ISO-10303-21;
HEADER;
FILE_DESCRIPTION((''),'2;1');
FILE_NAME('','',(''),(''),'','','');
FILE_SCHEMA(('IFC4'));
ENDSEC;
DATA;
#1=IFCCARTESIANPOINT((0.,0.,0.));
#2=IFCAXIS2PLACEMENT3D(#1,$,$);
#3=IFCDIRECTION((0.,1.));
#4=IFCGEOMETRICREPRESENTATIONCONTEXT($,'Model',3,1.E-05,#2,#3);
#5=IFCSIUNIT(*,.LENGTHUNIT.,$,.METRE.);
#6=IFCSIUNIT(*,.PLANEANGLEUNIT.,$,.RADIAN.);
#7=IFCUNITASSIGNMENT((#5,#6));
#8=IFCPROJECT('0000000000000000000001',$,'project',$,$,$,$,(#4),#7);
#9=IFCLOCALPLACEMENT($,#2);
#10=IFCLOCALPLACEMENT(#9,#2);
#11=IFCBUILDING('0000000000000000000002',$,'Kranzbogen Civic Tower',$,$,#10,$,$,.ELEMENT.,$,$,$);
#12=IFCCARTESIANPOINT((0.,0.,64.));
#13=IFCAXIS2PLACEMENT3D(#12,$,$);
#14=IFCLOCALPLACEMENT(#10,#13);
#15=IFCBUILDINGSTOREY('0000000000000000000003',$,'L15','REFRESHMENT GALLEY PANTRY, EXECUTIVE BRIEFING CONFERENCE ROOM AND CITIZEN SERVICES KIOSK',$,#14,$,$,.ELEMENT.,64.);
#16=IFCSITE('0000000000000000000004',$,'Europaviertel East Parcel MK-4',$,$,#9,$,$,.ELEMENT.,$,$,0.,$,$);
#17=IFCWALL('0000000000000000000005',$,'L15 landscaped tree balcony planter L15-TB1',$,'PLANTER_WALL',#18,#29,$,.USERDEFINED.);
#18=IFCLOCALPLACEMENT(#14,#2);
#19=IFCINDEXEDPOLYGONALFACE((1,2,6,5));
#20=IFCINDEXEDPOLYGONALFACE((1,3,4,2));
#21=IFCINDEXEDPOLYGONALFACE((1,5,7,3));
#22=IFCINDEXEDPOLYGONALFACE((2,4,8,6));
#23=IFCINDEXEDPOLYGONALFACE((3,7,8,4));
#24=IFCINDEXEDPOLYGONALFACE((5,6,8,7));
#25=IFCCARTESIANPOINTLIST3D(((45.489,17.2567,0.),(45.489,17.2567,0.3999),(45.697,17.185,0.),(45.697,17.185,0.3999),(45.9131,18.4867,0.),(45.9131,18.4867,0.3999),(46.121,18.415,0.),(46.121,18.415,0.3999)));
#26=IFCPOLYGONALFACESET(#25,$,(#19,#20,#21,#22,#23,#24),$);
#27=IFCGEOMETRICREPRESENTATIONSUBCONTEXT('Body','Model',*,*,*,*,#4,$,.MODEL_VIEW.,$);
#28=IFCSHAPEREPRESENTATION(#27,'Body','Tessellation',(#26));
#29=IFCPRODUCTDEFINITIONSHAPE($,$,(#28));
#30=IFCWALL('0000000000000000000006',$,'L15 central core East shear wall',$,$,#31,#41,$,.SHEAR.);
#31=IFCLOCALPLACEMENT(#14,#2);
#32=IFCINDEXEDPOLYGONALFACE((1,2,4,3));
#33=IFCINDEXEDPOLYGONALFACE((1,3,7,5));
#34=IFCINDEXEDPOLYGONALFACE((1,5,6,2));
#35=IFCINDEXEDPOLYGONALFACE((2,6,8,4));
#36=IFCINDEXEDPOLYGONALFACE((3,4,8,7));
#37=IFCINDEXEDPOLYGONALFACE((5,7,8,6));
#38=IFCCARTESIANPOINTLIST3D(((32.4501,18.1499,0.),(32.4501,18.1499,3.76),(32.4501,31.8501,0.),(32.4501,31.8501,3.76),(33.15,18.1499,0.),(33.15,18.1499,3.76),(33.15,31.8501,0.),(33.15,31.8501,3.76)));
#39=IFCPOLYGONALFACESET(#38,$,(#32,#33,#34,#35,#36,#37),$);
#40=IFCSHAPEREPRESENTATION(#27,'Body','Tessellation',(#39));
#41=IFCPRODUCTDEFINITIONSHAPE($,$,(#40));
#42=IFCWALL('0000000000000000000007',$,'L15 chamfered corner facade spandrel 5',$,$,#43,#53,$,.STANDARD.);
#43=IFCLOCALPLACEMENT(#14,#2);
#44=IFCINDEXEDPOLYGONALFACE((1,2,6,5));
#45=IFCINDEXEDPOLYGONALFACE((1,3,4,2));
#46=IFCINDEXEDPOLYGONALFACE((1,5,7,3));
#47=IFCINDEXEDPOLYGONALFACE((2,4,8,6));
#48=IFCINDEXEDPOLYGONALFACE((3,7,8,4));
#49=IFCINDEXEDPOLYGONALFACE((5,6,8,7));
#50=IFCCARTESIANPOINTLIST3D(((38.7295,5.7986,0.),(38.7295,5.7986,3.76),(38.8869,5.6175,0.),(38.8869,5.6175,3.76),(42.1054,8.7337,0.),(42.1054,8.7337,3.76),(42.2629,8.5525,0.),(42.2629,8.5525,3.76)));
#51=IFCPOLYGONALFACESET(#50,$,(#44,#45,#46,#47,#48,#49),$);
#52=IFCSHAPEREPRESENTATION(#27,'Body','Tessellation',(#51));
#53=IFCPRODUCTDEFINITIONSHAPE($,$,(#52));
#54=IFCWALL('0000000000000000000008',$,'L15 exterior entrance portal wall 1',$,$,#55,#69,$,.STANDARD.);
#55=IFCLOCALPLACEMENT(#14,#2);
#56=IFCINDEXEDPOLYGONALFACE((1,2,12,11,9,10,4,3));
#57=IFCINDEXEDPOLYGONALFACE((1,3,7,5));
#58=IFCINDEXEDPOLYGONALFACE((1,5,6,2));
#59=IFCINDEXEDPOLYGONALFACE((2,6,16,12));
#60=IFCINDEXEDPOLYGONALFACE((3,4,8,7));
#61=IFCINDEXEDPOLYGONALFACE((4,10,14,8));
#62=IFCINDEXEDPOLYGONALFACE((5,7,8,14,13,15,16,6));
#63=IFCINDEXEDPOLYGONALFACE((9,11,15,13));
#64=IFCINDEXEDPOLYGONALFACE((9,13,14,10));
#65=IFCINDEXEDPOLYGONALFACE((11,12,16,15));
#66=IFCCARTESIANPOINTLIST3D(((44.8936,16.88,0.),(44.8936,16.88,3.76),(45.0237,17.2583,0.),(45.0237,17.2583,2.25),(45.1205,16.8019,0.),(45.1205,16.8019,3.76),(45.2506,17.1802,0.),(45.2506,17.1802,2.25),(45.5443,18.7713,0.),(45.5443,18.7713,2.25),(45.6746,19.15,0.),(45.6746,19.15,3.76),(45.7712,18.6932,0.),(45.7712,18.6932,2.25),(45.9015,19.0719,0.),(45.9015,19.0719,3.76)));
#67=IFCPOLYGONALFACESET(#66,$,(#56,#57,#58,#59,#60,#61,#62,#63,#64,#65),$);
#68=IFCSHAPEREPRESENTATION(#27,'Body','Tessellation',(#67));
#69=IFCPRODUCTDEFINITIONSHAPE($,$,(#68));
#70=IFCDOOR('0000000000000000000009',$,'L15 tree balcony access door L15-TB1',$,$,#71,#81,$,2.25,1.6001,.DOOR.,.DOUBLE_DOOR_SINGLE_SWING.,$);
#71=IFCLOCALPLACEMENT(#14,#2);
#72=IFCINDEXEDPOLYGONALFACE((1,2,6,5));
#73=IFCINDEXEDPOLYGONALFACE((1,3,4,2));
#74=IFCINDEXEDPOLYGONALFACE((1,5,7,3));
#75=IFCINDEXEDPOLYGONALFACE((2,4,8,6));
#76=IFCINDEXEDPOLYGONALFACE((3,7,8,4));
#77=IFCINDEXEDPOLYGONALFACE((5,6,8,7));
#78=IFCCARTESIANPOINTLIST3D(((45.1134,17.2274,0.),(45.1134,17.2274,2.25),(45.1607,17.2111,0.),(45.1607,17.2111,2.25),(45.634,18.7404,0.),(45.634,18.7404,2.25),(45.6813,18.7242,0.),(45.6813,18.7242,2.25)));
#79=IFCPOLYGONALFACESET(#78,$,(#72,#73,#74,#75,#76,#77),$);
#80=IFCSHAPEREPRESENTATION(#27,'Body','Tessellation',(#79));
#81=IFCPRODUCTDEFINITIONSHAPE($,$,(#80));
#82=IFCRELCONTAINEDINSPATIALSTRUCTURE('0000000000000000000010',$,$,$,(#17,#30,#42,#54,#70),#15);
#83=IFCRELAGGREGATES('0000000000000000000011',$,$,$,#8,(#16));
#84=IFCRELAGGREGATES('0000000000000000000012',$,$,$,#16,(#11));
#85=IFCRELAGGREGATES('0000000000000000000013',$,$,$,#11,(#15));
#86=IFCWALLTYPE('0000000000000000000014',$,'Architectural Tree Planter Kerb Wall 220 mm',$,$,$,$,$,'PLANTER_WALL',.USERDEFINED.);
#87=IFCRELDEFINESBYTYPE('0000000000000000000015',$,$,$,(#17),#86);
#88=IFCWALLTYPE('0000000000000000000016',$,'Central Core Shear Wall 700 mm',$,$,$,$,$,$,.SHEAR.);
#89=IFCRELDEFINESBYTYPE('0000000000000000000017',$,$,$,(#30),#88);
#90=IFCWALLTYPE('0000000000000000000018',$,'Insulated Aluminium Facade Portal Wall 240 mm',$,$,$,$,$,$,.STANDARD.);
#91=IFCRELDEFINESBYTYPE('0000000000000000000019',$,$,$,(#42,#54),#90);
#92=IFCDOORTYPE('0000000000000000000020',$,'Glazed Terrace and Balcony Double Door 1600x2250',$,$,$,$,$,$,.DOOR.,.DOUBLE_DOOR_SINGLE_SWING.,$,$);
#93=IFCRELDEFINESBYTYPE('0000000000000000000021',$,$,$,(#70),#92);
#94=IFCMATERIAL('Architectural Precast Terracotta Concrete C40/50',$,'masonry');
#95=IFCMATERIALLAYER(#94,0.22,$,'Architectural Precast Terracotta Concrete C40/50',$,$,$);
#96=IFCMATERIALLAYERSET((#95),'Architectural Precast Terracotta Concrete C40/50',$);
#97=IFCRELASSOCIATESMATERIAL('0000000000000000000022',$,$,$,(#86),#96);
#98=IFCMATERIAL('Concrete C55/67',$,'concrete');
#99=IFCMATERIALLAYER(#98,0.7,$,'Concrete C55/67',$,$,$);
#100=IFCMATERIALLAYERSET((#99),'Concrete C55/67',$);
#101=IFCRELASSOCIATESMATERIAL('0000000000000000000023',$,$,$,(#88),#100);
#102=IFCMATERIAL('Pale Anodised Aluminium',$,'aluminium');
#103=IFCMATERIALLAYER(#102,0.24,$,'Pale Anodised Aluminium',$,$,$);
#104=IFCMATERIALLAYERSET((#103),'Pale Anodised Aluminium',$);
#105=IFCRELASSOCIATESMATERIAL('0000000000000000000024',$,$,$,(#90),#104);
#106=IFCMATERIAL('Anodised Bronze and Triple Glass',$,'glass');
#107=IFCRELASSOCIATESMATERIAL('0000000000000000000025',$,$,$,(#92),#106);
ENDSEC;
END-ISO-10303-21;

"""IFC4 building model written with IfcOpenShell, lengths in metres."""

from ifc_helpers import new_model, si_unit, direction, frame, frame_2d, origin, place, context, subcontext, project, spatial, rectangle, extrude, material, layer, layer_set, type_object, element, fill, save


model = new_model("IFC4")

# Units and contexts
model_context = context("Model", 3, precision=1e-05, world=origin(), true_north=direction((0.0, 1.0)))
body_context = subcontext(model_context, "Body", "Model", "MODEL_VIEW")
ifc_project = project(units=[si_unit("LENGTHUNIT", "METRE"), si_unit("PLANEANGLEUNIT", "RADIAN")], contexts=[model_context])

# Site, building, storey
site_placement = place(None, origin())
site = spatial("IfcSite", under=ifc_project, at=site_placement, Name="Europaviertel East Parcel MK-4", CompositionType="ELEMENT", RefElevation=0.0)
building_placement = place(site_placement, origin())
building = spatial("IfcBuilding", under=site, at=building_placement, Name="Kranzbogen Civic Tower", CompositionType="ELEMENT")
storey_placement = place(building_placement, frame((0.0, 0.0, 64.0)))
storey = spatial("IfcBuildingStorey", under=building, at=storey_placement, Name="L15", Description="REFRESHMENT GALLEY PANTRY, EXECUTIVE BRIEFING CONFERENCE ROOM AND CITIZEN SERVICES KIOSK", CompositionType="ELEMENT", Elevation=64.0)

# Shared definitions
ifc_material_1 = material(Name="Pale Anodised Aluminium", Category="aluminium")

# Walls
ifc_material_2 = material(Name="Architectural Precast Terracotta Concrete C40/50", Category="masonry")
ifc_layer_1 = layer(ifc_material_2, 0.22, Name="Architectural Precast Terracotta Concrete C40/50")
ifc_layer_set_1 = layer_set([ifc_layer_1], Name="Architectural Precast Terracotta Concrete C40/50")
wall_type_1 = type_object("IfcWallType", Name="Architectural Tree Planter Kerb Wall 220 mm", ElementType="PLANTER_WALL", PredefinedType="USERDEFINED", material=ifc_layer_set_1)
wall_1_placement = place(storey_placement, frame((45.593, 17.2209, 0.0), z_axis=(0.0, 0.0, 1.0), x_axis=(0.32595, 0.945387, 0.0)))
element("IfcWall", 1, at=wall_1_placement, inside=storey, type_object=wall_type_1, Name="L15 landscaped tree balcony planter L15-TB1", ObjectType="PLANTER_WALL", PredefinedType="USERDEFINED", context=body_context, shape_type="SweptSolid", body=[
    extrude(rectangle(XDim=1.301, YDim=0.22, at=frame_2d((0.6504, 0.0))), origin(), (0.0, 0.0, 1.0), 0.3999),
])
ifc_material_3 = material(Name="Concrete C55/67", Category="concrete")
ifc_layer_2 = layer(ifc_material_3, 0.7, Name="Concrete C55/67")
ifc_layer_set_2 = layer_set([ifc_layer_2], Name="Concrete C55/67")
wall_type_2 = type_object("IfcWallType", Name="Central Core Shear Wall 700 mm", PredefinedType="SHEAR", material=ifc_layer_set_2)
wall_2_placement = place(storey_placement, frame((32.8, 18.1499, 0.0), z_axis=(0.0, 0.0, 1.0), x_axis=(0.0, 1.0, 0.0)))
element("IfcWall", 2, at=wall_2_placement, inside=storey, type_object=wall_type_2, Name="L15 central core East shear wall", PredefinedType="SHEAR", context=body_context, shape_type="SweptSolid", body=[
    extrude(rectangle(XDim=13.7002, YDim=0.7, at=frame_2d((6.8501, 0.0))), origin(), (0.0, 0.0, 1.0), 3.76),
])
ifc_layer_3 = layer(ifc_material_1, 0.24, Name="Pale Anodised Aluminium")
ifc_layer_set_3 = layer_set([ifc_layer_3], Name="Pale Anodised Aluminium")
wall_type_3 = type_object("IfcWallType", Name="Insulated Aluminium Facade Portal Wall 240 mm", PredefinedType="STANDARD", material=ifc_layer_set_3)
wall_3_placement = place(storey_placement, frame((38.8081, 5.708, 0.0), z_axis=(0.0, 0.0, 1.0), x_axis=(0.754669, 0.656106, 0.0)))
element("IfcWall", 3, at=wall_3_placement, inside=storey, type_object=wall_type_3, Name="L15 chamfered corner facade spandrel 5", PredefinedType="STANDARD", context=body_context, shape_type="SweptSolid", body=[
    extrude(rectangle(XDim=4.4734, YDim=0.24, at=frame_2d((2.2368, 0.0))), origin(), (0.0, 0.0, 1.0), 3.76),
])

# Wall, opening, door
wall_4_placement = place(storey_placement, frame((45.0071, 16.8411, 0.0), z_axis=(0.0, 0.0, 1.0), x_axis=(0.325336, 0.945599, 0.0)))
wall_4 = element("IfcWall", 4, at=wall_4_placement, inside=storey, type_object=wall_type_3, Name="L15 exterior entrance portal wall 1", PredefinedType="STANDARD", context=body_context, shape_type="SweptSolid", body=[
    extrude(rectangle(XDim=2.4006, YDim=0.24, at=frame_2d((1.2002, 0.0))), origin(), (0.0, 0.0, 1.0), 3.76),
])
opening_1_placement = place(wall_4_placement, frame((0.3999, 0.0, 0.0)))
opening_1 = element("IfcOpeningElement", 5, at=opening_1_placement, cuts=wall_4, PredefinedType="OPENING", context=body_context, shape_type="SweptSolid", body=[
    extrude(rectangle(XDim=1.6001, YDim=2.25, at=frame_2d((0.8, 1.125))), frame((0.0, 0.1299, 0.0), z_axis=(0.0, -1.0, 0.0), x_axis=(1.0, 0.0, 0.0)), (0.0, 0.0, 1.0), 0.26),
])
ifc_material_4 = material(Name="Anodised Bronze and Triple Glass", Category="glass")
door_type_1 = type_object("IfcDoorType", Name="Glazed Terrace and Balcony Double Door 1600x2250", OperationType="DOUBLE_DOOR_SINGLE_SWING", PredefinedType="DOOR", material=ifc_material_4)
door_1_placement = place(opening_1_placement, frame((1.6001, 0.0, 0.0), z_axis=(0.0, 0.0, 1.0), x_axis=(-1.0, 0.0, 0.0)))
door_1 = element("IfcDoor", 6, at=door_1_placement, inside=storey, type_object=door_type_1, Name="L15 tree balcony access door L15-TB1", OperationType="DOUBLE_DOOR_SINGLE_SWING", OverallHeight=2.25, OverallWidth=1.6001, PredefinedType="DOOR", context=body_context, shape_type="SweptSolid", body=[
    extrude(rectangle(XDim=1.6001, YDim=2.25, at=frame_2d((0.8, 1.125))), frame((0.0, 0.0249, 0.0), z_axis=(0.0, -1.0, 0.0), x_axis=(1.0, 0.0, 0.0)), (0.0, 0.0, 1.0), 0.05),
])
fill(opening_1, door_1)

save(model, "model.ifc")
